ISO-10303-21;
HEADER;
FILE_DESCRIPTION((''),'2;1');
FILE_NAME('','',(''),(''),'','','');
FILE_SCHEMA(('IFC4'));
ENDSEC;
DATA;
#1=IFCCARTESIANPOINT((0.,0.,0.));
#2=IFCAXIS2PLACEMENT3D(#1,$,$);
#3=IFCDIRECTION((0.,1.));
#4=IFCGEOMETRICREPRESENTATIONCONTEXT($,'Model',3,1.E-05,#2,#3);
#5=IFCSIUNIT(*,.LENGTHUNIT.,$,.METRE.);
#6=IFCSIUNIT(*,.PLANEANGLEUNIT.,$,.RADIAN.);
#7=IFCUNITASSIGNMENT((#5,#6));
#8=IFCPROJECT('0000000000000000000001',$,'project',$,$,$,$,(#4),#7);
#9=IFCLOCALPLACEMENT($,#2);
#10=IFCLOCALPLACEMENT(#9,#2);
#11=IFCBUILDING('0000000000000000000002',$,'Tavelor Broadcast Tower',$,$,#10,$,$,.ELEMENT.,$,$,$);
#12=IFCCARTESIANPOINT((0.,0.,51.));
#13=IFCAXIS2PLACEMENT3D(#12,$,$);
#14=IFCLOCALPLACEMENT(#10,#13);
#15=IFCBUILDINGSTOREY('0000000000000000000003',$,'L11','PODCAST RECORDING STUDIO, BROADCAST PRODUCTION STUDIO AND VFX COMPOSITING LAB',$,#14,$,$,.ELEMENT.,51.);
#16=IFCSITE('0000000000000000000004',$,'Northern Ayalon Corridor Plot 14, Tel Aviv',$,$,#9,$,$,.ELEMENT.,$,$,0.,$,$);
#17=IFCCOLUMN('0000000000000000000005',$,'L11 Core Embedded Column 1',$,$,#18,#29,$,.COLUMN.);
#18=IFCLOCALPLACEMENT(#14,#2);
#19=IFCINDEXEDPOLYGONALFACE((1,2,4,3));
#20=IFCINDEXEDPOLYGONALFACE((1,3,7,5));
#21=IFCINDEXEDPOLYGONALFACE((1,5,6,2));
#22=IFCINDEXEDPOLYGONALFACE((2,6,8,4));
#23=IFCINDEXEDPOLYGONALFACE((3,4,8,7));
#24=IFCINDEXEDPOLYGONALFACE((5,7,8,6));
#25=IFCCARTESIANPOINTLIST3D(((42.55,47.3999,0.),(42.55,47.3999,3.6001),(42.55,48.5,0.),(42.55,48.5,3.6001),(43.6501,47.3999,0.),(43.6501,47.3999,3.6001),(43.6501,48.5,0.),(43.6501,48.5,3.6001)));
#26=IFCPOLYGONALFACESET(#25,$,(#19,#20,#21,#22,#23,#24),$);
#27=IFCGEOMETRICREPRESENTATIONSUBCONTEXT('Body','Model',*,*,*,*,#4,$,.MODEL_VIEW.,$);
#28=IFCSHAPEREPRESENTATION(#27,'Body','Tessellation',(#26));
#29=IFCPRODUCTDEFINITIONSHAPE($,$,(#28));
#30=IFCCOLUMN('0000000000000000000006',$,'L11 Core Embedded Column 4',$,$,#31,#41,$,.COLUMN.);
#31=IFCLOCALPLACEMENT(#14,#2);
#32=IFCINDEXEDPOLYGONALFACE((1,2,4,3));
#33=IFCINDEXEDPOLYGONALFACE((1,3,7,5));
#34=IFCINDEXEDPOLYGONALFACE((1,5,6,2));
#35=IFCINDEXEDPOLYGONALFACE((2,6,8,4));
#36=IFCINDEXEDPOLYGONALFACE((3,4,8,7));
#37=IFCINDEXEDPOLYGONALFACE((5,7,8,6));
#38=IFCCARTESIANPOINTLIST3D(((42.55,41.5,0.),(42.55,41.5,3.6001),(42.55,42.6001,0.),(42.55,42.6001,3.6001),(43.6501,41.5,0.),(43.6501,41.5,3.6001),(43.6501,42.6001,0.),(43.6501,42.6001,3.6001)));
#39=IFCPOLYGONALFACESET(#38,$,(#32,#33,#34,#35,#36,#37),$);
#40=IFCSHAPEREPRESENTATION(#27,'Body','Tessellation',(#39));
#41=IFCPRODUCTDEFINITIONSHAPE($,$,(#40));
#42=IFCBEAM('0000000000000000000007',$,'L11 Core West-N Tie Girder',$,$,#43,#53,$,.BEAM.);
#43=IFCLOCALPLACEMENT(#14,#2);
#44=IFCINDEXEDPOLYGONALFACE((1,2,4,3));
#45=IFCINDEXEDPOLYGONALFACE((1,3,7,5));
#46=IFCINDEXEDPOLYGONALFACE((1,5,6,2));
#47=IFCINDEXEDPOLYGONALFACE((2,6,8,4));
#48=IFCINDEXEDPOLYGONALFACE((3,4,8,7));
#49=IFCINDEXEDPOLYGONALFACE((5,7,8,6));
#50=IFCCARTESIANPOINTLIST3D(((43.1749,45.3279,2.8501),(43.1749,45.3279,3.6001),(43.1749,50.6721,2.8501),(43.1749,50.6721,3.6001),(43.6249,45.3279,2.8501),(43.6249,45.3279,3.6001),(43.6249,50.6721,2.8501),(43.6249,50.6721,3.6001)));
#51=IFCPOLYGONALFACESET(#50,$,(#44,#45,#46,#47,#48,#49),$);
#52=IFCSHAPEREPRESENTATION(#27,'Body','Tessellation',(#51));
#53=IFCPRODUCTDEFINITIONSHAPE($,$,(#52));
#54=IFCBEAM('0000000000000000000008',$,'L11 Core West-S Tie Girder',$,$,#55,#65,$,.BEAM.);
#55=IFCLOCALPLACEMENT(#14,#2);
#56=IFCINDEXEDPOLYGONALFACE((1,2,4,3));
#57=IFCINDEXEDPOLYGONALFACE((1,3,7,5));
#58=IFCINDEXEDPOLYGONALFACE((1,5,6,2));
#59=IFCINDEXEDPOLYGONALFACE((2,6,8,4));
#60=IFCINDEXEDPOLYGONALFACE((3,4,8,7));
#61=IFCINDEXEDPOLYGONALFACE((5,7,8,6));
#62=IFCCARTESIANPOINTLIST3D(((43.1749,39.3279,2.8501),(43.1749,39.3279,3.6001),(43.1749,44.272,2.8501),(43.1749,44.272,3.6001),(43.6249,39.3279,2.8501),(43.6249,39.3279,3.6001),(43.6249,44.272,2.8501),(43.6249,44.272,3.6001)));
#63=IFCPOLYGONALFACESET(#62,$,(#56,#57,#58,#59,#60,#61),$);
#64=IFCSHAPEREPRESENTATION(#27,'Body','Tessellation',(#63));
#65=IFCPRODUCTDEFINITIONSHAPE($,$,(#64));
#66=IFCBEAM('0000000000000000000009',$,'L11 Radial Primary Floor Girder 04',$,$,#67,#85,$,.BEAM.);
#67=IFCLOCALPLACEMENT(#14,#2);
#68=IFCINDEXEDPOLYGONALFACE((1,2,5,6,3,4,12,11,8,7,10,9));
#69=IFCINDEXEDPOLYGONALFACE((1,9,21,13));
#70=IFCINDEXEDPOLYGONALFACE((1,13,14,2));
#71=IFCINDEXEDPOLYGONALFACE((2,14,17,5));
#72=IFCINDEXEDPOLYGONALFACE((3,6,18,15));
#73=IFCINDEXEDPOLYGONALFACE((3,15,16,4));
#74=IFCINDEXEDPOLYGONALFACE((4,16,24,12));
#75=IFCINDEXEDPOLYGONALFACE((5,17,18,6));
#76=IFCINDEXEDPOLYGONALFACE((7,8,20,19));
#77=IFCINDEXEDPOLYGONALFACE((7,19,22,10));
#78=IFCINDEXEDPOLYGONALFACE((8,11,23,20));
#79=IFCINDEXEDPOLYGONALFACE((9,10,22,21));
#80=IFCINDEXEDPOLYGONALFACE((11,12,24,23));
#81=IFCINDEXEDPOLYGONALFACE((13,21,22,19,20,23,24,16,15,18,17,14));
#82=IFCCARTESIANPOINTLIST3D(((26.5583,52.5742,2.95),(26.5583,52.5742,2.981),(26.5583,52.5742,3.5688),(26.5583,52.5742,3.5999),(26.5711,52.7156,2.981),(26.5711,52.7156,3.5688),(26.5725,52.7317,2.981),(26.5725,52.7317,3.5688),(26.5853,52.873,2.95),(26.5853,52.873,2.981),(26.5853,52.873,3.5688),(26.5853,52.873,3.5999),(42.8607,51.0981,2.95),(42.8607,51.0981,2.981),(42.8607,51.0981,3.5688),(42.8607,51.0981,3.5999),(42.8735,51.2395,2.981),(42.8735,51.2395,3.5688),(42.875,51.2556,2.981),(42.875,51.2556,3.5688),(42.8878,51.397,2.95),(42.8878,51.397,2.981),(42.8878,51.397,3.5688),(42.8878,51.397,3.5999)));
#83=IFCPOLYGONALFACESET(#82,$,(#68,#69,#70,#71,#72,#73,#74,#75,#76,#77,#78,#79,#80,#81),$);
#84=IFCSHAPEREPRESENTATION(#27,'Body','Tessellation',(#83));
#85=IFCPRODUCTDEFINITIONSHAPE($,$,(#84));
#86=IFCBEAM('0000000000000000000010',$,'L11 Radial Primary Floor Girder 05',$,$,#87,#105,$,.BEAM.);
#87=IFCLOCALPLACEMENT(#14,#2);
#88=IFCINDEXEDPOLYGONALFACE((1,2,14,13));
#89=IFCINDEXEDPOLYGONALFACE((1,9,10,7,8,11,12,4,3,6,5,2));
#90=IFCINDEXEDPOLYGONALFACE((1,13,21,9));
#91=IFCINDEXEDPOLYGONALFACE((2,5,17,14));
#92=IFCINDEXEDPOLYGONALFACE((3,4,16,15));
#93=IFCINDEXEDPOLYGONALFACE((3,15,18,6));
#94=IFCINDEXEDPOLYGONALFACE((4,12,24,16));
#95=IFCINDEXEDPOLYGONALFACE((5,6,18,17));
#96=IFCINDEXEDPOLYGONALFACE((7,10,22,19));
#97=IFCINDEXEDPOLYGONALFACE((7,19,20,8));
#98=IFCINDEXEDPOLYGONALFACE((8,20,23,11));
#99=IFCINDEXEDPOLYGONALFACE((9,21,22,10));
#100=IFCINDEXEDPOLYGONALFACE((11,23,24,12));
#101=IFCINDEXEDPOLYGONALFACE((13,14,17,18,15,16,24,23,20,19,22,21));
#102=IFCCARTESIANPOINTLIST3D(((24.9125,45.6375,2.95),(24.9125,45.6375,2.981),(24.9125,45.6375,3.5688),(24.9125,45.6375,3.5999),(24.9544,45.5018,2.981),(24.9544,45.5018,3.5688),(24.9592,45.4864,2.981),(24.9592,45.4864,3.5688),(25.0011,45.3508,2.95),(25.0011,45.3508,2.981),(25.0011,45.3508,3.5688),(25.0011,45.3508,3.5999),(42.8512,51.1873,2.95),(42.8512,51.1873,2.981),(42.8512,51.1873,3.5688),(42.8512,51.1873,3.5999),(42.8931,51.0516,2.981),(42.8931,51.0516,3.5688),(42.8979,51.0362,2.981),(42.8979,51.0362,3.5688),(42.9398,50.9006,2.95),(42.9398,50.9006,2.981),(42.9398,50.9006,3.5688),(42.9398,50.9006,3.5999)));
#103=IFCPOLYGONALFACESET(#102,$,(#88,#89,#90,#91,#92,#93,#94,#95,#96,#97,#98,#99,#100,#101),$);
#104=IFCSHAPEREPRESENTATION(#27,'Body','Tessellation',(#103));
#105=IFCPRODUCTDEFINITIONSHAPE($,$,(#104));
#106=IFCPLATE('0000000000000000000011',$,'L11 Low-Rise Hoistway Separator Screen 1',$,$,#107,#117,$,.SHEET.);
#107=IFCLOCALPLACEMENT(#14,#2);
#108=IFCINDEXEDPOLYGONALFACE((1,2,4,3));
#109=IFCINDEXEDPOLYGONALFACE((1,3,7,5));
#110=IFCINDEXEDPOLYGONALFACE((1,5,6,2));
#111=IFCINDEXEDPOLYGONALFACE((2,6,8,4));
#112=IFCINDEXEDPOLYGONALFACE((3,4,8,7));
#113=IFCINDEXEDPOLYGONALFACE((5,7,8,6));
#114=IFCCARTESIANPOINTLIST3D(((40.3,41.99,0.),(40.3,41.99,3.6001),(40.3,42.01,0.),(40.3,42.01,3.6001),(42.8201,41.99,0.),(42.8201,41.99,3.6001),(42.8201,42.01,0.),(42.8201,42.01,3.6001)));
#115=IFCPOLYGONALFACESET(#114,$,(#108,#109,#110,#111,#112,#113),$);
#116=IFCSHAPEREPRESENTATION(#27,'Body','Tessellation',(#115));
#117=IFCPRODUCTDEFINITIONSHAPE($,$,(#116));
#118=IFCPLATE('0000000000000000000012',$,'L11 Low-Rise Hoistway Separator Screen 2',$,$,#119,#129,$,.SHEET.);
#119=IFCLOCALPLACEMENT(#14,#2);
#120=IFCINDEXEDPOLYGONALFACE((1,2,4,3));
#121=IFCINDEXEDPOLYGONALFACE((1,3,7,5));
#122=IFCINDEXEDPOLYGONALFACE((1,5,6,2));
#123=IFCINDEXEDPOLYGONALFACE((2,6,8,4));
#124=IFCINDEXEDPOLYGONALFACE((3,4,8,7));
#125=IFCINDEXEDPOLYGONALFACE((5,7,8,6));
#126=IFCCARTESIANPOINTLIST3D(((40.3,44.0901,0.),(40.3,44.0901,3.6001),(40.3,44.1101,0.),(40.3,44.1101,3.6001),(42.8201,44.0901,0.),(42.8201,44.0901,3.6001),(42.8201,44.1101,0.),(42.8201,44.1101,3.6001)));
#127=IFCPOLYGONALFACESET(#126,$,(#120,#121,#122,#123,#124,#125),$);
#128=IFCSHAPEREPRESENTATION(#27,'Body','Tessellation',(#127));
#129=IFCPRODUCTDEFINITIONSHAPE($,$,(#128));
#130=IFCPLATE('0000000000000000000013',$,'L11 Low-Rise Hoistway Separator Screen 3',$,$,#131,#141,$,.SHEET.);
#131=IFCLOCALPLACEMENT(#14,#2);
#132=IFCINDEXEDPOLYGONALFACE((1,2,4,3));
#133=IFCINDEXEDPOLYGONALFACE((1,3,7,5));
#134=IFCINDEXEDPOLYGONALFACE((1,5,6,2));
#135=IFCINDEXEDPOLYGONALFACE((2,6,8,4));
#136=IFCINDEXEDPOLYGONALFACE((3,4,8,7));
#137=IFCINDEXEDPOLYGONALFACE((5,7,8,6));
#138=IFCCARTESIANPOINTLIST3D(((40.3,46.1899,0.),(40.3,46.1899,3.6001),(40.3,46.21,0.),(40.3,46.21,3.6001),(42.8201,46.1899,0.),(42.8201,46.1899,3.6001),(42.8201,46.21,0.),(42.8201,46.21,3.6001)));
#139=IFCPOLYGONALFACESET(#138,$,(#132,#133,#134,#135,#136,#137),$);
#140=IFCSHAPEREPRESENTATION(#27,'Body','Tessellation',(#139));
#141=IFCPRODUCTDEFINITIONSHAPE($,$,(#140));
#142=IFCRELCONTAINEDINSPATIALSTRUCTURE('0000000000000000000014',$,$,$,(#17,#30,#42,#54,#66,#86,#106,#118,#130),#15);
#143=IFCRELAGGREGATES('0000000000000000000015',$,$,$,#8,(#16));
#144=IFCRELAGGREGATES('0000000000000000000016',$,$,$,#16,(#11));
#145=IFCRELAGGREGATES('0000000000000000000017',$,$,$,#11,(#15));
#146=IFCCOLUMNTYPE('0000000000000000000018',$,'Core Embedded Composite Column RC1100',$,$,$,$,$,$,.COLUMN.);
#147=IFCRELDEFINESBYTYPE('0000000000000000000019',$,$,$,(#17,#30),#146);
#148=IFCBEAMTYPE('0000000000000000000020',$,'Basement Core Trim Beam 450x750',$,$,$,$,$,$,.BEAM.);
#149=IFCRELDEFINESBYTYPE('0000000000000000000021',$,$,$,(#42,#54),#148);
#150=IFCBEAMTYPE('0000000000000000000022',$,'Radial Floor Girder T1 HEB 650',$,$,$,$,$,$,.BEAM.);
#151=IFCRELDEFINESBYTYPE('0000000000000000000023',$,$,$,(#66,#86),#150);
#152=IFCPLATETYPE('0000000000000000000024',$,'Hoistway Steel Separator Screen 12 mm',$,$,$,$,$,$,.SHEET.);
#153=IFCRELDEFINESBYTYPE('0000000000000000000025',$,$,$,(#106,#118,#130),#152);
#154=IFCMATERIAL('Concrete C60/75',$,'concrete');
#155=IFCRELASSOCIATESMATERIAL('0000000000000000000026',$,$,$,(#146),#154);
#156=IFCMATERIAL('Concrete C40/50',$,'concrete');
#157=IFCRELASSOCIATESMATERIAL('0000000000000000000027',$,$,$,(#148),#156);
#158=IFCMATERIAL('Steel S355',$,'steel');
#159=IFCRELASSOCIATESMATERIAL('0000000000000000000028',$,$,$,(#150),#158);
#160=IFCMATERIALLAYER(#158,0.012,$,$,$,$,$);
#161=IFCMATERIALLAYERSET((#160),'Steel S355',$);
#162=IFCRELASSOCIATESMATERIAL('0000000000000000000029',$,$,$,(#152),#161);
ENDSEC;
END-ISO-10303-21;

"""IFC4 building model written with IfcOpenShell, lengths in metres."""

from ifc_helpers import new_model, si_unit, direction, frame, origin, origin_2d, place, context, subcontext, project, spatial, rectangle, i_section, extrude, source, transform, mapped, material, layer, layer_set, material_profile, profile_set, type_object, type_shapes, element, save


model = new_model("IFC4")

# Units and contexts
model_context = context("Model", 3, precision=1e-05, world=origin(), true_north=direction((0.0, 1.0)))
body_context = subcontext(model_context, "Body", "Model", "MODEL_VIEW")
ifc_project = project(units=[si_unit("LENGTHUNIT", "METRE"), si_unit("PLANEANGLEUNIT", "RADIAN")], contexts=[model_context])

# Site, building, storey
site_placement = place(None, origin())
site = spatial("IfcSite", under=ifc_project, at=site_placement, Name="Northern Ayalon Corridor Plot 14, Tel Aviv", CompositionType="ELEMENT", RefElevation=0.0)
building_placement = place(site_placement, origin())
building = spatial("IfcBuilding", under=site, at=building_placement, Name="Tavelor Broadcast Tower", CompositionType="ELEMENT")
storey_placement = place(building_placement, frame((0.0, 0.0, 51.0)))
storey = spatial("IfcBuildingStorey", under=building, at=storey_placement, Name="L11", Description="PODCAST RECORDING STUDIO, BROADCAST PRODUCTION STUDIO AND VFX COMPOSITING LAB", CompositionType="ELEMENT", Elevation=51.0)

# Columns
ifc_material_1 = material(Name="Concrete C60/75", Category="concrete")
ifc_material_profile_1 = material_profile(ifc_material_1, rectangle(XDim=1.1001, YDim=1.1001, at=origin_2d()), Name="RC 1100x1100")
ifc_profile_set_1 = profile_set([ifc_material_profile_1], Name="Concrete C60/75")
column_type = type_object("IfcColumnType", Name="Core Embedded Composite Column RC1100", PredefinedType="COLUMN", material=ifc_profile_set_1)
for number, where, z_axis, x_axis, name in (
    (1, (43.1001, 47.95, 0.0), (0.0, 0.0, 1.0), (1.0, 0.0, 0.0), "L11 Core Embedded Column 1"),
    (2, (43.1001, 42.05, 0.0), (0.0, 0.0, 1.0), (1.0, 0.0, 0.0), "L11 Core Embedded Column 4"),
):
    element("IfcColumn", number, at=place(storey_placement, frame(where, z_axis=z_axis, x_axis=x_axis)), inside=storey, type_object=column_type, Name=name, PredefinedType="COLUMN", context=body_context, shape_type="SweptSolid", body=[
        extrude(rectangle(XDim=1.1001, YDim=1.1001, at=origin_2d()), origin(), (0.0, 0.0, 1.0), 3.6001),
    ])

# Beams
ifc_material_2 = material(Name="Concrete C40/50", Category="concrete")
ifc_material_profile_2 = material_profile(ifc_material_2, rectangle(XDim=0.45, YDim=0.75, at=origin_2d()), Name="RC 450x750")
ifc_profile_set_2 = profile_set([ifc_material_profile_2], Name="Concrete C40/50")
beam_type_1 = type_object("IfcBeamType", Name="Basement Core Trim Beam 450x750", PredefinedType="BEAM", material=ifc_profile_set_2)
beam_1_placement = place(storey_placement, frame((43.3999, 45.3279, 3.2251), z_axis=(0.0, 1.0, 0.0), x_axis=(-1.0, 0.0, 0.0)))
element("IfcBeam", 3, at=beam_1_placement, inside=storey, type_object=beam_type_1, Name="L11 Core West-N Tie Girder", PredefinedType="BEAM", context=body_context, shape_type="SweptSolid", body=[
    extrude(rectangle(XDim=0.45, YDim=0.75, at=origin_2d()), origin(), (0.0, 0.0, 1.0), 5.3442),
])
beam_2_placement = place(storey_placement, frame((43.3999, 39.3279, 3.2251), z_axis=(0.0, 1.0, 0.0), x_axis=(-1.0, 0.0, 0.0)))
element("IfcBeam", 4, at=beam_2_placement, inside=storey, type_object=beam_type_1, Name="L11 Core West-S Tie Girder", PredefinedType="BEAM", context=body_context, shape_type="SweptSolid", body=[
    extrude(rectangle(XDim=0.45, YDim=0.75, at=origin_2d()), origin(), (0.0, 0.0, 1.0), 4.9441),
])
ifc_material_3 = material(Name="Steel S355", Category="steel")
ifc_material_profile_3 = material_profile(ifc_material_3, i_section(OverallWidth=0.3, OverallDepth=0.6499, WebThickness=0.0161, FlangeThickness=0.031, at=origin_2d()), Name="HEB 650")
ifc_profile_set_3 = profile_set([ifc_material_profile_3], Name="Steel S355")
beam_type_2 = type_object("IfcBeamType", Name="Radial Floor Girder T1 HEB 650", PredefinedType="BEAM", material=ifc_profile_set_3)
beam_3_placement = place(storey_placement, frame((42.8743, 51.2476, 3.2749), z_axis=(-0.995926, 0.090174, 0.0), x_axis=(-0.090174, -0.995926, 0.0)))
element("IfcBeam", 5, at=beam_3_placement, inside=storey, type_object=beam_type_2, Name="L11 Radial Primary Floor Girder 04", PredefinedType="BEAM", context=body_context, shape_type="SweptSolid", body=[
    extrude(i_section(OverallWidth=0.3, OverallDepth=0.6499, WebThickness=0.0161, FlangeThickness=0.031, at=origin_2d()), origin(), (0.0, 0.0, 1.0), 16.3691),
])
beam_4_placement = place(storey_placement, frame((42.8955, 51.0439, 3.2749), z_axis=(-0.955326, -0.295555, 0.0), x_axis=(0.295555, -0.955326, 0.0)))
element("IfcBeam", 6, at=beam_4_placement, inside=storey, type_object=beam_type_2, Name="L11 Radial Primary Floor Girder 05", PredefinedType="BEAM", context=body_context, shape_type="SweptSolid", body=[
    extrude(i_section(OverallWidth=0.3, OverallDepth=0.6499, WebThickness=0.0161, FlangeThickness=0.031, at=origin_2d()), origin(), (0.0, 0.0, 1.0), 18.7776),
])

# Plates
ifc_layer_1 = layer(ifc_material_3, 0.012)
ifc_layer_set_1 = layer_set([ifc_layer_1], Name="Steel S355")
plate_type = type_object("IfcPlateType", Name="Hoistway Steel Separator Screen 12 mm", PredefinedType="SHEET", material=ifc_layer_set_1)
shared_shape = source(origin(), body_context, "Body", "SweptSolid", [
    extrude(rectangle(XDim=2.52, YDim=0.02, at=origin_2d()), origin(), (0.0, 0.0, 1.0), 3.6001),
])
type_shapes(plate_type, [shared_shape])
for number, where, z_axis, x_axis, name in (
    (7, (41.5601, 42.0, 0.0), (0.0, 0.0, 1.0), (1.0, 0.0, 0.0), "L11 Low-Rise Hoistway Separator Screen 1"),
    (8, (41.5601, 44.1001, 0.0), (0.0, 0.0, 1.0), (1.0, 0.0, 0.0), "L11 Low-Rise Hoistway Separator Screen 2"),
    (9, (41.5601, 46.2, 0.0), (0.0, 0.0, 1.0), (1.0, 0.0, 0.0), "L11 Low-Rise Hoistway Separator Screen 3"),
):
    element("IfcPlate", number, at=place(storey_placement, frame(where, z_axis=z_axis, x_axis=x_axis)), inside=storey, type_object=plate_type, Name=name, PredefinedType="SHEET", context=body_context, shape_type="MappedRepresentation", body=[
        mapped(shared_shape, transform((0.0, 0.0, 0.0), scale=1.0)),
    ])

save(model, "model.ifc")
